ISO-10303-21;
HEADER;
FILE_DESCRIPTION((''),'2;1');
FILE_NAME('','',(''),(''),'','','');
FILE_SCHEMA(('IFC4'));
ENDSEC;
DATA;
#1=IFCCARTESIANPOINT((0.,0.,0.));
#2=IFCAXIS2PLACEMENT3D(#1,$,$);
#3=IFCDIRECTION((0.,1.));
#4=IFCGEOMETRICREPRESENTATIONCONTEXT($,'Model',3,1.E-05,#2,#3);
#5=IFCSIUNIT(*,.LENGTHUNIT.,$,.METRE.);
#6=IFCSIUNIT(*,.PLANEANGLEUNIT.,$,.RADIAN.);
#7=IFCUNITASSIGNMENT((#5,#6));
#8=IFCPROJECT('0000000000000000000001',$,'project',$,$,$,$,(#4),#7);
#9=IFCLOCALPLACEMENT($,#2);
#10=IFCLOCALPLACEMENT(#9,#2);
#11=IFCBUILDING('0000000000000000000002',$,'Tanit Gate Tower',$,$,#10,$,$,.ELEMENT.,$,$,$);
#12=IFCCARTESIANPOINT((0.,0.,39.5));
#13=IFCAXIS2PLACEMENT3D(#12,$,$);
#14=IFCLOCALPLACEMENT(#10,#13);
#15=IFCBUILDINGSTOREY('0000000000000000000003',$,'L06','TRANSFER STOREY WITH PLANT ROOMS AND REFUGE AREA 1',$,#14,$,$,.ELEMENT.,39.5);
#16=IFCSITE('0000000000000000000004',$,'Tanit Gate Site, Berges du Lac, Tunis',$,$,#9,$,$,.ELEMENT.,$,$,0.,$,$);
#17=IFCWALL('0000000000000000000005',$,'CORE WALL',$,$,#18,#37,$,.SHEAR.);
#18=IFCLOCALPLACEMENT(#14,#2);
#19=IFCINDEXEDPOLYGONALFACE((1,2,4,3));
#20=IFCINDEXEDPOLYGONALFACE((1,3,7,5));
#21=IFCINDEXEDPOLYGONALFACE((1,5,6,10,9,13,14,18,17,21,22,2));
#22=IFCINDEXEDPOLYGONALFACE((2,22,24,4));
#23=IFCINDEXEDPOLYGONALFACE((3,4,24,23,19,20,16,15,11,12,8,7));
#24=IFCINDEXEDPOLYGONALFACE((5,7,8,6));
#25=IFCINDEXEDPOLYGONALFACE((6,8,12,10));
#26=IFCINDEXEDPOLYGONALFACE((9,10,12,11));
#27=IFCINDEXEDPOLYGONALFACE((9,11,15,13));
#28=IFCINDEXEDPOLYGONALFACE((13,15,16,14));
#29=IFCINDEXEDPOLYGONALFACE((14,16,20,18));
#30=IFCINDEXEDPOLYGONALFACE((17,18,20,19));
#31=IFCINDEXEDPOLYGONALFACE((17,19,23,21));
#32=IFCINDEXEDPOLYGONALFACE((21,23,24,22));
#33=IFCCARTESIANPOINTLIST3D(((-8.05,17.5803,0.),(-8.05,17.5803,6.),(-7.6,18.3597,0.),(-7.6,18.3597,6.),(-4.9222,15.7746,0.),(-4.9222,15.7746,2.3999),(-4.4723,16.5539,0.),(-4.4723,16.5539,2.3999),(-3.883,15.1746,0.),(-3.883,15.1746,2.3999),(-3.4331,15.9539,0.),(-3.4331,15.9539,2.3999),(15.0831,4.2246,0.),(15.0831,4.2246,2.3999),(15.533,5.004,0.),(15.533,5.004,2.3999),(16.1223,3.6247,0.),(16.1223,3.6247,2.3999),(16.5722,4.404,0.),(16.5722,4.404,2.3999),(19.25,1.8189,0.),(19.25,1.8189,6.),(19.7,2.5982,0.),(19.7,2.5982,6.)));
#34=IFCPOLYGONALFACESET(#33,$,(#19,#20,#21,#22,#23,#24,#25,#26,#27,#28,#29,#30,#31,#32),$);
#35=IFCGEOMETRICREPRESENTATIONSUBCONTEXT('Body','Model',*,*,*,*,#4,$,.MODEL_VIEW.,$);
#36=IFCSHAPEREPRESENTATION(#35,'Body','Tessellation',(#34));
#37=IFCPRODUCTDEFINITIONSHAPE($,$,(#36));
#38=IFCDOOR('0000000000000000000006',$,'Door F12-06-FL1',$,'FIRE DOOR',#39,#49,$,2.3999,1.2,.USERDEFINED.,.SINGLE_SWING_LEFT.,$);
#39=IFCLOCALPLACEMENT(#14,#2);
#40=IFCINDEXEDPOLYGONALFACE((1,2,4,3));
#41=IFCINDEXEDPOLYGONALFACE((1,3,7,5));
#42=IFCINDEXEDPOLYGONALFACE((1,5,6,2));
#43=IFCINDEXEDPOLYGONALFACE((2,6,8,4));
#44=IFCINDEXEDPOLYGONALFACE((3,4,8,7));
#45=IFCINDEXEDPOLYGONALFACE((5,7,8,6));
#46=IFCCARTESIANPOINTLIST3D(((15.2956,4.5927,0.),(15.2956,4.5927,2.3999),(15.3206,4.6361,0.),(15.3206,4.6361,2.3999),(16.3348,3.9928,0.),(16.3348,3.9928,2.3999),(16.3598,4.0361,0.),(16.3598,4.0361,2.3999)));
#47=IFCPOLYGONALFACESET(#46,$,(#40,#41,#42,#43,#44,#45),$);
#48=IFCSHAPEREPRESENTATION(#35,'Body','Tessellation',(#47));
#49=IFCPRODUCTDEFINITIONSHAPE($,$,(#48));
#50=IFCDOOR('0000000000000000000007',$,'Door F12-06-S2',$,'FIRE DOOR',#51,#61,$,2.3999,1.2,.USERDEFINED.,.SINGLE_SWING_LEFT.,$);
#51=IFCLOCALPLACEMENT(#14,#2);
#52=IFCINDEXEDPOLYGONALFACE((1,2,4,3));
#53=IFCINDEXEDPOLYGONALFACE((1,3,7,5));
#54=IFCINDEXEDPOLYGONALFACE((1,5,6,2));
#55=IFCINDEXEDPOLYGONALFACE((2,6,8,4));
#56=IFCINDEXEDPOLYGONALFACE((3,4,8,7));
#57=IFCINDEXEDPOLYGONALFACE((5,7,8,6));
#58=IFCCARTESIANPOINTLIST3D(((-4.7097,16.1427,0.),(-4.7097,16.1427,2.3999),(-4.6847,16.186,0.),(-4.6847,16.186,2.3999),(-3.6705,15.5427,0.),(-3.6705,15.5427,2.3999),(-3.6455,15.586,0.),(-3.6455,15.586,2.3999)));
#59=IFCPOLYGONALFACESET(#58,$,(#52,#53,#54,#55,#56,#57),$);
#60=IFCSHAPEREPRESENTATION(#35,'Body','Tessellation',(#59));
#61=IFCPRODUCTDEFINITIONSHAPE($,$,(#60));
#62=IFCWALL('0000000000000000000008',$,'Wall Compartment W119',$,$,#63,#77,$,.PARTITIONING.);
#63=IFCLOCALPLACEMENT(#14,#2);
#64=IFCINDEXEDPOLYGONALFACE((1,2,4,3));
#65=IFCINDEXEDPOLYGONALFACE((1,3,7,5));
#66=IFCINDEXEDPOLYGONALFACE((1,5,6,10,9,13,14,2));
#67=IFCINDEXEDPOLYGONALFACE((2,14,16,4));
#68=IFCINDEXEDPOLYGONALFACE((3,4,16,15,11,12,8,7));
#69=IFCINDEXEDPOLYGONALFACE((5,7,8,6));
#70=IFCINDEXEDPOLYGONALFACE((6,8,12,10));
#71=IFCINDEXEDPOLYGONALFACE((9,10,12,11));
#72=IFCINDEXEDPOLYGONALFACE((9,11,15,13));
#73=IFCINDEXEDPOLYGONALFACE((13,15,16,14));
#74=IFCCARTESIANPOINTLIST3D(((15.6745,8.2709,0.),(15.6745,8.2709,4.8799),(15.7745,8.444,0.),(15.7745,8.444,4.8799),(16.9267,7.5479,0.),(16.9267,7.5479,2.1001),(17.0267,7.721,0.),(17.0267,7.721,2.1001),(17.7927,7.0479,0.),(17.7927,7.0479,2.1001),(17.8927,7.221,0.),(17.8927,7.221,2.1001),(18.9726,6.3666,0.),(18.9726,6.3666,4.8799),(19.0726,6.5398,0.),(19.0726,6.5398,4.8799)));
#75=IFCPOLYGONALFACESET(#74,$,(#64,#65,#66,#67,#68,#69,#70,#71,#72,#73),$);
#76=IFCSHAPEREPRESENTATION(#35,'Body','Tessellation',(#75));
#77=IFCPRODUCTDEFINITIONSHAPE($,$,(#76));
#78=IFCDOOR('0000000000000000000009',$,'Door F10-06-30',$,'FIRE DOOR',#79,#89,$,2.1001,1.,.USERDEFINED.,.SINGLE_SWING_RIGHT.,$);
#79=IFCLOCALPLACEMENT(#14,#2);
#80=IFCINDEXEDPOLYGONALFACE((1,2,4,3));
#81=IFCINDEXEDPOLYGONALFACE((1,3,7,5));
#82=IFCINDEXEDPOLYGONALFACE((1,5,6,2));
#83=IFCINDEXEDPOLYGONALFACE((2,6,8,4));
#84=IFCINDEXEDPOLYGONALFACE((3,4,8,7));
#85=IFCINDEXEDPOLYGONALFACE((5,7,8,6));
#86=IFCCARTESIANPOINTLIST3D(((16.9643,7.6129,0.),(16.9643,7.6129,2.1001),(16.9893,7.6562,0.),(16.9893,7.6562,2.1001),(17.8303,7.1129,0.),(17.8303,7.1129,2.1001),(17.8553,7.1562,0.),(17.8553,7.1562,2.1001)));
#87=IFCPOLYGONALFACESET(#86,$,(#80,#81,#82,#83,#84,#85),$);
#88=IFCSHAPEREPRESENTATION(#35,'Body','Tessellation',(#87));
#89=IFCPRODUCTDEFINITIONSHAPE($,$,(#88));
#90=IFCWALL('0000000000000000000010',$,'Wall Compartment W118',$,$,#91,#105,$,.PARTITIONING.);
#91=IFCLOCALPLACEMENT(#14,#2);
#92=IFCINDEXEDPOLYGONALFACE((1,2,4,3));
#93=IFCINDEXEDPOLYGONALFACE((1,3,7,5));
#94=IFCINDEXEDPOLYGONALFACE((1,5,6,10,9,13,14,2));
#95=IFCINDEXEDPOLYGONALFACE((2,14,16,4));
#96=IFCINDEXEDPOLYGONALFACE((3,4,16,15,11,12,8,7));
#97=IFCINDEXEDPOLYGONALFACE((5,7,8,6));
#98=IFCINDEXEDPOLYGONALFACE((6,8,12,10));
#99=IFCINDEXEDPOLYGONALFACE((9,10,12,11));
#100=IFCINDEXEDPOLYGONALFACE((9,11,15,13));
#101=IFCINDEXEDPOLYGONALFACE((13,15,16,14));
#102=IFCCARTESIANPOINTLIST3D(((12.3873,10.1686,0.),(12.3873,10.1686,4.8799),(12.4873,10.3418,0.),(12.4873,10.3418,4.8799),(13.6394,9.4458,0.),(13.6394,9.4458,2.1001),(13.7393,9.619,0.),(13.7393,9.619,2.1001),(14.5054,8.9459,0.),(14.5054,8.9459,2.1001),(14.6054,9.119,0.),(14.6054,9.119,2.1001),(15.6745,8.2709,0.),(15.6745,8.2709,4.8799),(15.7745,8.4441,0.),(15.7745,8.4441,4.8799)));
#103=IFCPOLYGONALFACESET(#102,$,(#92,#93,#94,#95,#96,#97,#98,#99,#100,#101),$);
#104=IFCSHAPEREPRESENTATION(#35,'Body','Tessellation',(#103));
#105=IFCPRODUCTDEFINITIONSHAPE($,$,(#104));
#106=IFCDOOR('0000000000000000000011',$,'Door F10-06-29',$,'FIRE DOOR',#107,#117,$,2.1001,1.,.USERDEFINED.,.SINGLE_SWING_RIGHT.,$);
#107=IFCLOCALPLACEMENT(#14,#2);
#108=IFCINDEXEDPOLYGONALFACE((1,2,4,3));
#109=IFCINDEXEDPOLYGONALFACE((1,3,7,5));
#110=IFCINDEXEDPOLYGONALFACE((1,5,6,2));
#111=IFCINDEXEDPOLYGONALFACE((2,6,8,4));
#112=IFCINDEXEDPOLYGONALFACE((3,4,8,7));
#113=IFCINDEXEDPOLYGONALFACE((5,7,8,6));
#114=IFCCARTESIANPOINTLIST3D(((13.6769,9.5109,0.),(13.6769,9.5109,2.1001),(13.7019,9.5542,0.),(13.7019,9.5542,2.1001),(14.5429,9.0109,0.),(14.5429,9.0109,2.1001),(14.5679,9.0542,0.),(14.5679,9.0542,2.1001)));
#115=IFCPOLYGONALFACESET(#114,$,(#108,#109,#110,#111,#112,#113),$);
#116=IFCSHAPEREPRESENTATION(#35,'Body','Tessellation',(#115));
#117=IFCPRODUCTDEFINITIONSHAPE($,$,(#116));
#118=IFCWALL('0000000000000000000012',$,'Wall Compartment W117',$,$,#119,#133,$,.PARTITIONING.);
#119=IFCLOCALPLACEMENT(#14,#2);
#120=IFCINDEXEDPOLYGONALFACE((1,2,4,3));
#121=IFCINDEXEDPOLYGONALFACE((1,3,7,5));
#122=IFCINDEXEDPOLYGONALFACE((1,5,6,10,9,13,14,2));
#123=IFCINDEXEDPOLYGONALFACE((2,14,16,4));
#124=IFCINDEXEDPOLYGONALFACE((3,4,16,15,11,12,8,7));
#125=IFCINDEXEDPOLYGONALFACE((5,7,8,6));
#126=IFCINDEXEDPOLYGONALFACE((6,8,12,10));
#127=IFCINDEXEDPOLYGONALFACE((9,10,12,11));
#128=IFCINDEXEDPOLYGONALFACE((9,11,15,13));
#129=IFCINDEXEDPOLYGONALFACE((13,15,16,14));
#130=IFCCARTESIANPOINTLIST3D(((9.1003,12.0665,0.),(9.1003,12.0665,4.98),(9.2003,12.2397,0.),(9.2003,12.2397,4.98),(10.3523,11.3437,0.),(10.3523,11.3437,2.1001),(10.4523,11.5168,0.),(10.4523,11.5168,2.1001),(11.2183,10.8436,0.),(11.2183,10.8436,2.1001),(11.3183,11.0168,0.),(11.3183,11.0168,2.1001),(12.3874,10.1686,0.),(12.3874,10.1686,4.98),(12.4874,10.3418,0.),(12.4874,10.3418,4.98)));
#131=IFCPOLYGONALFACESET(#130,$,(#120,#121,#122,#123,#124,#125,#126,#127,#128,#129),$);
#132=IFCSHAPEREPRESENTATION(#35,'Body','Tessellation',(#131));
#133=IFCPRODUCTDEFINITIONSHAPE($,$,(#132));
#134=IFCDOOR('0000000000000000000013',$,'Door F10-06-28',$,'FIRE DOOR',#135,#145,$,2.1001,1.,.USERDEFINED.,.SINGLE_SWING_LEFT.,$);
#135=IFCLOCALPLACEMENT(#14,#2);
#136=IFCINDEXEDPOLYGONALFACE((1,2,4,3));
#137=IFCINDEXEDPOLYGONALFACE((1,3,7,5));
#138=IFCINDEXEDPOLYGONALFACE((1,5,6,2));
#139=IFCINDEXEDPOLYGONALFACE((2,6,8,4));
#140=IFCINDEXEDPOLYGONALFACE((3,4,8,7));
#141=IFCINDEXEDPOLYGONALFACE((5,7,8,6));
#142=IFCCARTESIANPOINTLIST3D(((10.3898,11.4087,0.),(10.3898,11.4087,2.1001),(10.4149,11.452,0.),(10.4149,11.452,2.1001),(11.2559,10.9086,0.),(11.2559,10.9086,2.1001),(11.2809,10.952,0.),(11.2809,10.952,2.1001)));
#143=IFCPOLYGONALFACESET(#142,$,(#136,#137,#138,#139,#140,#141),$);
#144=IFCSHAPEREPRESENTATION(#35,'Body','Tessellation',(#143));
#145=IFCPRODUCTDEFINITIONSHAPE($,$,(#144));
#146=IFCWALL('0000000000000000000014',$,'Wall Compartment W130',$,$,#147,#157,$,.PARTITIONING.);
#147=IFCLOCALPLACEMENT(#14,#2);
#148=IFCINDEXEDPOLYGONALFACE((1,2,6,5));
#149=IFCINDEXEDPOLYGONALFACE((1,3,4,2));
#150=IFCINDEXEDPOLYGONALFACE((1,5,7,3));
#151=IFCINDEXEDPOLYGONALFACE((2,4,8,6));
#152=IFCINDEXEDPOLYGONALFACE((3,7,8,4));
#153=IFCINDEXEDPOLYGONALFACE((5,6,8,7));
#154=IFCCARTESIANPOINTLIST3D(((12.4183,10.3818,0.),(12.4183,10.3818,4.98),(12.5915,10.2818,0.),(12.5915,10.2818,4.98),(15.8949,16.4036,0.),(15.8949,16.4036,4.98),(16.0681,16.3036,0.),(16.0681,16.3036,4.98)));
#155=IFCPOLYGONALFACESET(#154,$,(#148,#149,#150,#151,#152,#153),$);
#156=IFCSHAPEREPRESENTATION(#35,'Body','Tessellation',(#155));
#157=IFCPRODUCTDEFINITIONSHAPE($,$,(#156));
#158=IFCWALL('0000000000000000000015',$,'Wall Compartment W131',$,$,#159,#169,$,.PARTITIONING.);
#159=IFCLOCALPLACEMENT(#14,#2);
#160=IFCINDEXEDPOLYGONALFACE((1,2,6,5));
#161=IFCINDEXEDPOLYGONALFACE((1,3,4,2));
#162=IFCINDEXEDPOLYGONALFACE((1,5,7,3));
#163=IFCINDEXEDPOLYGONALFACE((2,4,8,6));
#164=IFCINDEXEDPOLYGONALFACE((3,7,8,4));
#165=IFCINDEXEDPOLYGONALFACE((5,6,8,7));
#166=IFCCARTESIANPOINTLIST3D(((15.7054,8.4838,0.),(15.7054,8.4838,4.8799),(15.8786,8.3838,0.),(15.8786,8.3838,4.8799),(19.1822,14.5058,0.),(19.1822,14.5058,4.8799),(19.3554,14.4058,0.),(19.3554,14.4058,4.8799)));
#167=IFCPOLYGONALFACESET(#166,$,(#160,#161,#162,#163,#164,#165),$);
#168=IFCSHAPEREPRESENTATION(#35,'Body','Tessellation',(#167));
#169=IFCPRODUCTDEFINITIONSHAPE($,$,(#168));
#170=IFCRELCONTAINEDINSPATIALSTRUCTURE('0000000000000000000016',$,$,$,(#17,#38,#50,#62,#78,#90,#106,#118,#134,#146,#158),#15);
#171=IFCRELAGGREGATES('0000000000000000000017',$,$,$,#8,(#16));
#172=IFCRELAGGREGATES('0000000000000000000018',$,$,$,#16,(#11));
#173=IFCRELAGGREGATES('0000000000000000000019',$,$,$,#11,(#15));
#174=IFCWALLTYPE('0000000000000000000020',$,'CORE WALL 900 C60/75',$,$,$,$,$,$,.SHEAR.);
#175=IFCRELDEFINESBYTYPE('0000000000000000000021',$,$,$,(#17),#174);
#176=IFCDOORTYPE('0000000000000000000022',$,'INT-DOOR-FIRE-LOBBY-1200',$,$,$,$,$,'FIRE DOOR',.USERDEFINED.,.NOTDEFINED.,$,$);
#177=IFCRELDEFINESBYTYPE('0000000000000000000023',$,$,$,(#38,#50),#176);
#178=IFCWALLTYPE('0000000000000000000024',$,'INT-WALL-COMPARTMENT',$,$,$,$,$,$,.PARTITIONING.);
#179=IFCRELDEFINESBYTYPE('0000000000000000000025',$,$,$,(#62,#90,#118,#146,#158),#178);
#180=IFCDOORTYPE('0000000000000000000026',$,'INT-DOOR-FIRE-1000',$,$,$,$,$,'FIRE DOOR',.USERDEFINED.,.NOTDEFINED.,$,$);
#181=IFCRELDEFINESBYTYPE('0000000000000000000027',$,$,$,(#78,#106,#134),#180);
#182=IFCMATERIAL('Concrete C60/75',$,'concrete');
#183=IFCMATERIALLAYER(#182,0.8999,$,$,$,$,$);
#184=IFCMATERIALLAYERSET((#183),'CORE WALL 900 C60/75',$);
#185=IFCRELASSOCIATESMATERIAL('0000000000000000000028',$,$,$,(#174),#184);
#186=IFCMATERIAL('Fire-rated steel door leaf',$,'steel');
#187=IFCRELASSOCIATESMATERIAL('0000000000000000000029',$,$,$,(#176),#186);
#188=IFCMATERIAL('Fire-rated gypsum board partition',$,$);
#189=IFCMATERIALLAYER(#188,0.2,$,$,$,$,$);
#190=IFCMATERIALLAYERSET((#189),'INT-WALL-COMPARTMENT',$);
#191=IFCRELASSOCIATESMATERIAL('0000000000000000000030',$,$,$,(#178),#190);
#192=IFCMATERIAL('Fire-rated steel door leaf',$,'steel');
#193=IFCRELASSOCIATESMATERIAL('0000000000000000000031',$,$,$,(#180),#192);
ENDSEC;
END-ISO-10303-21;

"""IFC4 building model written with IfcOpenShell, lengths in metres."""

from ifc_helpers import new_model, si_unit, direction, frame, frame_2d, origin, place, context, subcontext, project, spatial, rectangle, extrude, material, layer, layer_set, type_object, element, fill, save


model = new_model("IFC4")

# Units and contexts
model_context = context("Model", 3, precision=1e-05, world=origin(), true_north=direction((0.0, 1.0)))
body_context = subcontext(model_context, "Body", "Model", "MODEL_VIEW")
ifc_project = project(units=[si_unit("LENGTHUNIT", "METRE"), si_unit("PLANEANGLEUNIT", "RADIAN")], contexts=[model_context])

# Site, building, storey
site_placement = place(None, origin())
site = spatial("IfcSite", under=ifc_project, at=site_placement, Name="Tanit Gate Site, Berges du Lac, Tunis", CompositionType="ELEMENT", RefElevation=0.0)
building_placement = place(site_placement, origin())
building = spatial("IfcBuilding", under=site, at=building_placement, Name="Tanit Gate Tower", CompositionType="ELEMENT")
storey_placement = place(building_placement, frame((0.0, 0.0, 39.5)))
storey = spatial("IfcBuildingStorey", under=building, at=storey_placement, Name="L06", Description="TRANSFER STOREY WITH PLANT ROOMS AND REFUGE AREA 1", CompositionType="ELEMENT", Elevation=39.5)

# Wall, openings, doors
ifc_material_1 = material(Name="Concrete C60/75", Category="concrete")
ifc_layer_1 = layer(ifc_material_1, 0.8999)
ifc_layer_set_1 = layer_set([ifc_layer_1], Name="CORE WALL 900 C60/75")
wall_type_1 = type_object("IfcWallType", Name="CORE WALL 900 C60/75", PredefinedType="SHEAR", material=ifc_layer_set_1)
wall_1_placement = place(storey_placement, frame((19.4751, 2.2085, 0.0), z_axis=(0.0, 0.0, 1.0), x_axis=(-0.866028, 0.499995, 0.0)))
wall_1 = element("IfcWall", 1, at=wall_1_placement, inside=storey, type_object=wall_type_1, Name="CORE WALL", PredefinedType="SHEAR", context=body_context, shape_type="SweptSolid", body=[
    extrude(rectangle(XDim=31.5232, YDim=0.8999, at=frame_2d((15.7617, 0.0))), origin(), (0.0, 0.0, 1.0), 6.0),
])
opening_1_placement = place(wall_1_placement, frame((3.6116, 0.0, 0.0)))
opening_1 = element("IfcOpeningElement", 2, at=opening_1_placement, cuts=wall_1, PredefinedType="OPENING", context=body_context, shape_type="SweptSolid", body=[
    extrude(rectangle(XDim=1.2, YDim=2.3999, at=frame_2d((0.6001, 1.2))), frame((0.0, 0.46, 0.0), z_axis=(0.0, -1.0, 0.0), x_axis=(1.0, 0.0, 0.0)), (0.0, 0.0, 1.0), 0.9199),
])
opening_2_placement = place(wall_1_placement, frame((26.7117, 0.0, 0.0)))
opening_2 = element("IfcOpeningElement", 3, at=opening_2_placement, cuts=wall_1, PredefinedType="OPENING", context=body_context, shape_type="SweptSolid", body=[
    extrude(rectangle(XDim=1.2, YDim=2.3999, at=frame_2d((0.6001, 1.2))), frame((0.0, 0.46, 0.0), z_axis=(0.0, -1.0, 0.0), x_axis=(1.0, 0.0, 0.0)), (0.0, 0.0, 1.0), 0.9199),
])
ifc_material_2 = material(Name="Fire-rated steel door leaf", Category="steel")
door_type_1 = type_object("IfcDoorType", Name="INT-DOOR-FIRE-LOBBY-1200", ElementType="FIRE DOOR", OperationType="NOTDEFINED", PredefinedType="USERDEFINED", material=ifc_material_2)
door_1_placement = place(opening_1_placement, origin())
door_1 = element("IfcDoor", 4, at=door_1_placement, inside=storey, type_object=door_type_1, Name="Door F12-06-FL1", ObjectType="FIRE DOOR", OperationType="SINGLE_SWING_LEFT", OverallHeight=2.3999, OverallWidth=1.2, PredefinedType="USERDEFINED", context=body_context, shape_type="SweptSolid", body=[
    extrude(rectangle(XDim=1.2, YDim=2.3999, at=frame_2d((0.6001, 1.2))), frame((0.0, 0.0249, 0.0), z_axis=(0.0, -1.0, 0.0), x_axis=(1.0, 0.0, 0.0)), (0.0, 0.0, 1.0), 0.05),
])
fill(opening_1, door_1)
door_2_placement = place(opening_2_placement, origin())
door_2 = element("IfcDoor", 5, at=door_2_placement, inside=storey, type_object=door_type_1, Name="Door F12-06-S2", ObjectType="FIRE DOOR", OperationType="SINGLE_SWING_LEFT", OverallHeight=2.3999, OverallWidth=1.2, PredefinedType="USERDEFINED", context=body_context, shape_type="SweptSolid", body=[
    extrude(rectangle(XDim=1.2, YDim=2.3999, at=frame_2d((0.6001, 1.2))), frame((0.0, 0.0249, 0.0), z_axis=(0.0, -1.0, 0.0), x_axis=(1.0, 0.0, 0.0)), (0.0, 0.0, 1.0), 0.05),
])
fill(opening_2, door_2)

# Walls, openings, doors
ifc_material_3 = material(Name="Fire-rated gypsum board partition")
ifc_layer_2 = layer(ifc_material_3, 0.2)
ifc_layer_set_2 = layer_set([ifc_layer_2], Name="INT-WALL-COMPARTMENT")
wall_type_2 = type_object("IfcWallType", Name="INT-WALL-COMPARTMENT", PredefinedType="PARTITIONING", material=ifc_layer_set_2)
wall_2_placement = place(storey_placement, frame((19.0227, 6.4531, 0.0), z_axis=(0.0, 0.0, 1.0), x_axis=(-0.866009, 0.500028, 0.0)))
wall_2 = element("IfcWall", 6, at=wall_2_placement, inside=storey, type_object=wall_type_2, Name="Wall Compartment W119", PredefinedType="PARTITIONING", context=body_context, shape_type="SweptSolid", body=[
    extrude(rectangle(XDim=3.8083, YDim=0.2, at=frame_2d((1.9043, 0.0))), origin(), (0.0, 0.0, 1.0), 4.8799),
])
opening_3_placement = place(wall_2_placement, frame((1.3625, 0.0, 0.0)))
opening_3 = element("IfcOpeningElement", 7, at=opening_3_placement, cuts=wall_2, PredefinedType="OPENING", context=body_context, shape_type="SweptSolid", body=[
    extrude(rectangle(XDim=1.0, YDim=2.1001, at=frame_2d((0.5, 1.05))), frame((0.0, 0.1099, 0.0), z_axis=(0.0, -1.0, 0.0), x_axis=(1.0, 0.0, 0.0)), (0.0, 0.0, 1.0), 0.22),
])
ifc_material_4 = material(Name="Fire-rated steel door leaf", Category="steel")
door_type_2 = type_object("IfcDoorType", Name="INT-DOOR-FIRE-1000", ElementType="FIRE DOOR", OperationType="NOTDEFINED", PredefinedType="USERDEFINED", material=ifc_material_4)
door_3_placement = place(opening_3_placement, origin())
door_3 = element("IfcDoor", 8, at=door_3_placement, inside=storey, type_object=door_type_2, Name="Door F10-06-30", ObjectType="FIRE DOOR", OperationType="SINGLE_SWING_RIGHT", OverallHeight=2.1001, OverallWidth=1.0, PredefinedType="USERDEFINED", context=body_context, shape_type="SweptSolid", body=[
    extrude(rectangle(XDim=1.0, YDim=2.1001, at=frame_2d((0.5, 1.05))), frame((0.0, 0.0249, 0.0), z_axis=(0.0, -1.0, 0.0), x_axis=(1.0, 0.0, 0.0)), (0.0, 0.0, 1.0), 0.05),
])
fill(opening_3, door_3)
wall_3_placement = place(storey_placement, frame((15.7246, 8.3574, 0.0), z_axis=(0.0, 0.0, 1.0), x_axis=(-0.866038, 0.499979, 0.0)))
wall_3 = element("IfcWall", 9, at=wall_3_placement, inside=storey, type_object=wall_type_2, Name="Wall Compartment W118", PredefinedType="PARTITIONING", context=body_context, shape_type="SweptSolid", body=[
    extrude(rectangle(XDim=3.7957, YDim=0.2, at=frame_2d((1.8979, 0.0))), origin(), (0.0, 0.0, 1.0), 4.8799),
])
opening_4_placement = place(wall_3_placement, frame((1.3501, 0.0, 0.0)))
opening_4 = element("IfcOpeningElement", 10, at=opening_4_placement, cuts=wall_3, PredefinedType="OPENING", context=body_context, shape_type="SweptSolid", body=[
    extrude(rectangle(XDim=1.0, YDim=2.1001, at=frame_2d((0.5, 1.05))), frame((0.0, 0.1099, 0.0), z_axis=(0.0, -1.0, 0.0), x_axis=(1.0, 0.0, 0.0)), (0.0, 0.0, 1.0), 0.22),
])
door_4_placement = place(opening_4_placement, origin())
door_4 = element("IfcDoor", 11, at=door_4_placement, inside=storey, type_object=door_type_2, Name="Door F10-06-29", ObjectType="FIRE DOOR", OperationType="SINGLE_SWING_RIGHT", OverallHeight=2.1001, OverallWidth=1.0, PredefinedType="USERDEFINED", context=body_context, shape_type="SweptSolid", body=[
    extrude(rectangle(XDim=1.0, YDim=2.1001, at=frame_2d((0.5, 1.05))), frame((0.0, 0.0249, 0.0), z_axis=(0.0, -1.0, 0.0), x_axis=(1.0, 0.0, 0.0)), (0.0, 0.0, 1.0), 0.05),
])
fill(opening_4, door_4)
wall_4_placement = place(storey_placement, frame((12.4375, 10.2551, 0.0), z_axis=(0.0, 0.0, 1.0), x_axis=(-0.86601, 0.500027, 0.0)))
wall_4 = element("IfcWall", 12, at=wall_4_placement, inside=storey, type_object=wall_type_2, Name="Wall Compartment W117", PredefinedType="PARTITIONING", context=body_context, shape_type="SweptSolid", body=[
    extrude(rectangle(XDim=3.7957, YDim=0.2, at=frame_2d((1.8979, 0.0))), origin(), (0.0, 0.0, 1.0), 4.98),
])
opening_5_placement = place(wall_4_placement, frame((1.3501, 0.0, 0.0)))
opening_5 = element("IfcOpeningElement", 13, at=opening_5_placement, cuts=wall_4, PredefinedType="OPENING", context=body_context, shape_type="SweptSolid", body=[
    extrude(rectangle(XDim=1.0, YDim=2.1001, at=frame_2d((0.5, 1.05))), frame((0.0, 0.1099, 0.0), z_axis=(0.0, -1.0, 0.0), x_axis=(1.0, 0.0, 0.0)), (0.0, 0.0, 1.0), 0.22),
])
door_5_placement = place(opening_5_placement, origin())
door_5 = element("IfcDoor", 14, at=door_5_placement, inside=storey, type_object=door_type_2, Name="Door F10-06-28", ObjectType="FIRE DOOR", OperationType="SINGLE_SWING_LEFT", OverallHeight=2.1001, OverallWidth=1.0, PredefinedType="USERDEFINED", context=body_context, shape_type="SweptSolid", body=[
    extrude(rectangle(XDim=1.0, YDim=2.1001, at=frame_2d((0.5, 1.05))), frame((0.0, 0.0249, 0.0), z_axis=(0.0, -1.0, 0.0), x_axis=(1.0, 0.0, 0.0)), (0.0, 0.0, 1.0), 0.05),
])
fill(opening_5, door_5)

# Walls
wall_5_placement = place(storey_placement, frame((15.9814, 16.3535, 0.0), z_axis=(0.0, 0.0, 1.0), x_axis=(-0.499991, -0.866031, 0.0)))
element("IfcWall", 15, at=wall_5_placement, inside=storey, type_object=wall_type_2, Name="Wall Compartment W130", PredefinedType="PARTITIONING", context=body_context, shape_type="SweptSolid", body=[
    extrude(rectangle(XDim=6.9534, YDim=0.2, at=frame_2d((3.4766, 0.0))), origin(), (0.0, 0.0, 1.0), 4.98),
])
wall_6_placement = place(storey_placement, frame((19.2688, 14.4558, 0.0), z_axis=(0.0, 0.0, 1.0), x_axis=(-0.500002, -0.866024, 0.0)))
element("IfcWall", 16, at=wall_6_placement, inside=storey, type_object=wall_type_2, Name="Wall Compartment W131", PredefinedType="PARTITIONING", context=body_context, shape_type="SweptSolid", body=[
    extrude(rectangle(XDim=6.9536, YDim=0.2, at=frame_2d((3.4768, 0.0))), origin(), (0.0, 0.0, 1.0), 4.8799),
])

save(model, "model.ifc")
